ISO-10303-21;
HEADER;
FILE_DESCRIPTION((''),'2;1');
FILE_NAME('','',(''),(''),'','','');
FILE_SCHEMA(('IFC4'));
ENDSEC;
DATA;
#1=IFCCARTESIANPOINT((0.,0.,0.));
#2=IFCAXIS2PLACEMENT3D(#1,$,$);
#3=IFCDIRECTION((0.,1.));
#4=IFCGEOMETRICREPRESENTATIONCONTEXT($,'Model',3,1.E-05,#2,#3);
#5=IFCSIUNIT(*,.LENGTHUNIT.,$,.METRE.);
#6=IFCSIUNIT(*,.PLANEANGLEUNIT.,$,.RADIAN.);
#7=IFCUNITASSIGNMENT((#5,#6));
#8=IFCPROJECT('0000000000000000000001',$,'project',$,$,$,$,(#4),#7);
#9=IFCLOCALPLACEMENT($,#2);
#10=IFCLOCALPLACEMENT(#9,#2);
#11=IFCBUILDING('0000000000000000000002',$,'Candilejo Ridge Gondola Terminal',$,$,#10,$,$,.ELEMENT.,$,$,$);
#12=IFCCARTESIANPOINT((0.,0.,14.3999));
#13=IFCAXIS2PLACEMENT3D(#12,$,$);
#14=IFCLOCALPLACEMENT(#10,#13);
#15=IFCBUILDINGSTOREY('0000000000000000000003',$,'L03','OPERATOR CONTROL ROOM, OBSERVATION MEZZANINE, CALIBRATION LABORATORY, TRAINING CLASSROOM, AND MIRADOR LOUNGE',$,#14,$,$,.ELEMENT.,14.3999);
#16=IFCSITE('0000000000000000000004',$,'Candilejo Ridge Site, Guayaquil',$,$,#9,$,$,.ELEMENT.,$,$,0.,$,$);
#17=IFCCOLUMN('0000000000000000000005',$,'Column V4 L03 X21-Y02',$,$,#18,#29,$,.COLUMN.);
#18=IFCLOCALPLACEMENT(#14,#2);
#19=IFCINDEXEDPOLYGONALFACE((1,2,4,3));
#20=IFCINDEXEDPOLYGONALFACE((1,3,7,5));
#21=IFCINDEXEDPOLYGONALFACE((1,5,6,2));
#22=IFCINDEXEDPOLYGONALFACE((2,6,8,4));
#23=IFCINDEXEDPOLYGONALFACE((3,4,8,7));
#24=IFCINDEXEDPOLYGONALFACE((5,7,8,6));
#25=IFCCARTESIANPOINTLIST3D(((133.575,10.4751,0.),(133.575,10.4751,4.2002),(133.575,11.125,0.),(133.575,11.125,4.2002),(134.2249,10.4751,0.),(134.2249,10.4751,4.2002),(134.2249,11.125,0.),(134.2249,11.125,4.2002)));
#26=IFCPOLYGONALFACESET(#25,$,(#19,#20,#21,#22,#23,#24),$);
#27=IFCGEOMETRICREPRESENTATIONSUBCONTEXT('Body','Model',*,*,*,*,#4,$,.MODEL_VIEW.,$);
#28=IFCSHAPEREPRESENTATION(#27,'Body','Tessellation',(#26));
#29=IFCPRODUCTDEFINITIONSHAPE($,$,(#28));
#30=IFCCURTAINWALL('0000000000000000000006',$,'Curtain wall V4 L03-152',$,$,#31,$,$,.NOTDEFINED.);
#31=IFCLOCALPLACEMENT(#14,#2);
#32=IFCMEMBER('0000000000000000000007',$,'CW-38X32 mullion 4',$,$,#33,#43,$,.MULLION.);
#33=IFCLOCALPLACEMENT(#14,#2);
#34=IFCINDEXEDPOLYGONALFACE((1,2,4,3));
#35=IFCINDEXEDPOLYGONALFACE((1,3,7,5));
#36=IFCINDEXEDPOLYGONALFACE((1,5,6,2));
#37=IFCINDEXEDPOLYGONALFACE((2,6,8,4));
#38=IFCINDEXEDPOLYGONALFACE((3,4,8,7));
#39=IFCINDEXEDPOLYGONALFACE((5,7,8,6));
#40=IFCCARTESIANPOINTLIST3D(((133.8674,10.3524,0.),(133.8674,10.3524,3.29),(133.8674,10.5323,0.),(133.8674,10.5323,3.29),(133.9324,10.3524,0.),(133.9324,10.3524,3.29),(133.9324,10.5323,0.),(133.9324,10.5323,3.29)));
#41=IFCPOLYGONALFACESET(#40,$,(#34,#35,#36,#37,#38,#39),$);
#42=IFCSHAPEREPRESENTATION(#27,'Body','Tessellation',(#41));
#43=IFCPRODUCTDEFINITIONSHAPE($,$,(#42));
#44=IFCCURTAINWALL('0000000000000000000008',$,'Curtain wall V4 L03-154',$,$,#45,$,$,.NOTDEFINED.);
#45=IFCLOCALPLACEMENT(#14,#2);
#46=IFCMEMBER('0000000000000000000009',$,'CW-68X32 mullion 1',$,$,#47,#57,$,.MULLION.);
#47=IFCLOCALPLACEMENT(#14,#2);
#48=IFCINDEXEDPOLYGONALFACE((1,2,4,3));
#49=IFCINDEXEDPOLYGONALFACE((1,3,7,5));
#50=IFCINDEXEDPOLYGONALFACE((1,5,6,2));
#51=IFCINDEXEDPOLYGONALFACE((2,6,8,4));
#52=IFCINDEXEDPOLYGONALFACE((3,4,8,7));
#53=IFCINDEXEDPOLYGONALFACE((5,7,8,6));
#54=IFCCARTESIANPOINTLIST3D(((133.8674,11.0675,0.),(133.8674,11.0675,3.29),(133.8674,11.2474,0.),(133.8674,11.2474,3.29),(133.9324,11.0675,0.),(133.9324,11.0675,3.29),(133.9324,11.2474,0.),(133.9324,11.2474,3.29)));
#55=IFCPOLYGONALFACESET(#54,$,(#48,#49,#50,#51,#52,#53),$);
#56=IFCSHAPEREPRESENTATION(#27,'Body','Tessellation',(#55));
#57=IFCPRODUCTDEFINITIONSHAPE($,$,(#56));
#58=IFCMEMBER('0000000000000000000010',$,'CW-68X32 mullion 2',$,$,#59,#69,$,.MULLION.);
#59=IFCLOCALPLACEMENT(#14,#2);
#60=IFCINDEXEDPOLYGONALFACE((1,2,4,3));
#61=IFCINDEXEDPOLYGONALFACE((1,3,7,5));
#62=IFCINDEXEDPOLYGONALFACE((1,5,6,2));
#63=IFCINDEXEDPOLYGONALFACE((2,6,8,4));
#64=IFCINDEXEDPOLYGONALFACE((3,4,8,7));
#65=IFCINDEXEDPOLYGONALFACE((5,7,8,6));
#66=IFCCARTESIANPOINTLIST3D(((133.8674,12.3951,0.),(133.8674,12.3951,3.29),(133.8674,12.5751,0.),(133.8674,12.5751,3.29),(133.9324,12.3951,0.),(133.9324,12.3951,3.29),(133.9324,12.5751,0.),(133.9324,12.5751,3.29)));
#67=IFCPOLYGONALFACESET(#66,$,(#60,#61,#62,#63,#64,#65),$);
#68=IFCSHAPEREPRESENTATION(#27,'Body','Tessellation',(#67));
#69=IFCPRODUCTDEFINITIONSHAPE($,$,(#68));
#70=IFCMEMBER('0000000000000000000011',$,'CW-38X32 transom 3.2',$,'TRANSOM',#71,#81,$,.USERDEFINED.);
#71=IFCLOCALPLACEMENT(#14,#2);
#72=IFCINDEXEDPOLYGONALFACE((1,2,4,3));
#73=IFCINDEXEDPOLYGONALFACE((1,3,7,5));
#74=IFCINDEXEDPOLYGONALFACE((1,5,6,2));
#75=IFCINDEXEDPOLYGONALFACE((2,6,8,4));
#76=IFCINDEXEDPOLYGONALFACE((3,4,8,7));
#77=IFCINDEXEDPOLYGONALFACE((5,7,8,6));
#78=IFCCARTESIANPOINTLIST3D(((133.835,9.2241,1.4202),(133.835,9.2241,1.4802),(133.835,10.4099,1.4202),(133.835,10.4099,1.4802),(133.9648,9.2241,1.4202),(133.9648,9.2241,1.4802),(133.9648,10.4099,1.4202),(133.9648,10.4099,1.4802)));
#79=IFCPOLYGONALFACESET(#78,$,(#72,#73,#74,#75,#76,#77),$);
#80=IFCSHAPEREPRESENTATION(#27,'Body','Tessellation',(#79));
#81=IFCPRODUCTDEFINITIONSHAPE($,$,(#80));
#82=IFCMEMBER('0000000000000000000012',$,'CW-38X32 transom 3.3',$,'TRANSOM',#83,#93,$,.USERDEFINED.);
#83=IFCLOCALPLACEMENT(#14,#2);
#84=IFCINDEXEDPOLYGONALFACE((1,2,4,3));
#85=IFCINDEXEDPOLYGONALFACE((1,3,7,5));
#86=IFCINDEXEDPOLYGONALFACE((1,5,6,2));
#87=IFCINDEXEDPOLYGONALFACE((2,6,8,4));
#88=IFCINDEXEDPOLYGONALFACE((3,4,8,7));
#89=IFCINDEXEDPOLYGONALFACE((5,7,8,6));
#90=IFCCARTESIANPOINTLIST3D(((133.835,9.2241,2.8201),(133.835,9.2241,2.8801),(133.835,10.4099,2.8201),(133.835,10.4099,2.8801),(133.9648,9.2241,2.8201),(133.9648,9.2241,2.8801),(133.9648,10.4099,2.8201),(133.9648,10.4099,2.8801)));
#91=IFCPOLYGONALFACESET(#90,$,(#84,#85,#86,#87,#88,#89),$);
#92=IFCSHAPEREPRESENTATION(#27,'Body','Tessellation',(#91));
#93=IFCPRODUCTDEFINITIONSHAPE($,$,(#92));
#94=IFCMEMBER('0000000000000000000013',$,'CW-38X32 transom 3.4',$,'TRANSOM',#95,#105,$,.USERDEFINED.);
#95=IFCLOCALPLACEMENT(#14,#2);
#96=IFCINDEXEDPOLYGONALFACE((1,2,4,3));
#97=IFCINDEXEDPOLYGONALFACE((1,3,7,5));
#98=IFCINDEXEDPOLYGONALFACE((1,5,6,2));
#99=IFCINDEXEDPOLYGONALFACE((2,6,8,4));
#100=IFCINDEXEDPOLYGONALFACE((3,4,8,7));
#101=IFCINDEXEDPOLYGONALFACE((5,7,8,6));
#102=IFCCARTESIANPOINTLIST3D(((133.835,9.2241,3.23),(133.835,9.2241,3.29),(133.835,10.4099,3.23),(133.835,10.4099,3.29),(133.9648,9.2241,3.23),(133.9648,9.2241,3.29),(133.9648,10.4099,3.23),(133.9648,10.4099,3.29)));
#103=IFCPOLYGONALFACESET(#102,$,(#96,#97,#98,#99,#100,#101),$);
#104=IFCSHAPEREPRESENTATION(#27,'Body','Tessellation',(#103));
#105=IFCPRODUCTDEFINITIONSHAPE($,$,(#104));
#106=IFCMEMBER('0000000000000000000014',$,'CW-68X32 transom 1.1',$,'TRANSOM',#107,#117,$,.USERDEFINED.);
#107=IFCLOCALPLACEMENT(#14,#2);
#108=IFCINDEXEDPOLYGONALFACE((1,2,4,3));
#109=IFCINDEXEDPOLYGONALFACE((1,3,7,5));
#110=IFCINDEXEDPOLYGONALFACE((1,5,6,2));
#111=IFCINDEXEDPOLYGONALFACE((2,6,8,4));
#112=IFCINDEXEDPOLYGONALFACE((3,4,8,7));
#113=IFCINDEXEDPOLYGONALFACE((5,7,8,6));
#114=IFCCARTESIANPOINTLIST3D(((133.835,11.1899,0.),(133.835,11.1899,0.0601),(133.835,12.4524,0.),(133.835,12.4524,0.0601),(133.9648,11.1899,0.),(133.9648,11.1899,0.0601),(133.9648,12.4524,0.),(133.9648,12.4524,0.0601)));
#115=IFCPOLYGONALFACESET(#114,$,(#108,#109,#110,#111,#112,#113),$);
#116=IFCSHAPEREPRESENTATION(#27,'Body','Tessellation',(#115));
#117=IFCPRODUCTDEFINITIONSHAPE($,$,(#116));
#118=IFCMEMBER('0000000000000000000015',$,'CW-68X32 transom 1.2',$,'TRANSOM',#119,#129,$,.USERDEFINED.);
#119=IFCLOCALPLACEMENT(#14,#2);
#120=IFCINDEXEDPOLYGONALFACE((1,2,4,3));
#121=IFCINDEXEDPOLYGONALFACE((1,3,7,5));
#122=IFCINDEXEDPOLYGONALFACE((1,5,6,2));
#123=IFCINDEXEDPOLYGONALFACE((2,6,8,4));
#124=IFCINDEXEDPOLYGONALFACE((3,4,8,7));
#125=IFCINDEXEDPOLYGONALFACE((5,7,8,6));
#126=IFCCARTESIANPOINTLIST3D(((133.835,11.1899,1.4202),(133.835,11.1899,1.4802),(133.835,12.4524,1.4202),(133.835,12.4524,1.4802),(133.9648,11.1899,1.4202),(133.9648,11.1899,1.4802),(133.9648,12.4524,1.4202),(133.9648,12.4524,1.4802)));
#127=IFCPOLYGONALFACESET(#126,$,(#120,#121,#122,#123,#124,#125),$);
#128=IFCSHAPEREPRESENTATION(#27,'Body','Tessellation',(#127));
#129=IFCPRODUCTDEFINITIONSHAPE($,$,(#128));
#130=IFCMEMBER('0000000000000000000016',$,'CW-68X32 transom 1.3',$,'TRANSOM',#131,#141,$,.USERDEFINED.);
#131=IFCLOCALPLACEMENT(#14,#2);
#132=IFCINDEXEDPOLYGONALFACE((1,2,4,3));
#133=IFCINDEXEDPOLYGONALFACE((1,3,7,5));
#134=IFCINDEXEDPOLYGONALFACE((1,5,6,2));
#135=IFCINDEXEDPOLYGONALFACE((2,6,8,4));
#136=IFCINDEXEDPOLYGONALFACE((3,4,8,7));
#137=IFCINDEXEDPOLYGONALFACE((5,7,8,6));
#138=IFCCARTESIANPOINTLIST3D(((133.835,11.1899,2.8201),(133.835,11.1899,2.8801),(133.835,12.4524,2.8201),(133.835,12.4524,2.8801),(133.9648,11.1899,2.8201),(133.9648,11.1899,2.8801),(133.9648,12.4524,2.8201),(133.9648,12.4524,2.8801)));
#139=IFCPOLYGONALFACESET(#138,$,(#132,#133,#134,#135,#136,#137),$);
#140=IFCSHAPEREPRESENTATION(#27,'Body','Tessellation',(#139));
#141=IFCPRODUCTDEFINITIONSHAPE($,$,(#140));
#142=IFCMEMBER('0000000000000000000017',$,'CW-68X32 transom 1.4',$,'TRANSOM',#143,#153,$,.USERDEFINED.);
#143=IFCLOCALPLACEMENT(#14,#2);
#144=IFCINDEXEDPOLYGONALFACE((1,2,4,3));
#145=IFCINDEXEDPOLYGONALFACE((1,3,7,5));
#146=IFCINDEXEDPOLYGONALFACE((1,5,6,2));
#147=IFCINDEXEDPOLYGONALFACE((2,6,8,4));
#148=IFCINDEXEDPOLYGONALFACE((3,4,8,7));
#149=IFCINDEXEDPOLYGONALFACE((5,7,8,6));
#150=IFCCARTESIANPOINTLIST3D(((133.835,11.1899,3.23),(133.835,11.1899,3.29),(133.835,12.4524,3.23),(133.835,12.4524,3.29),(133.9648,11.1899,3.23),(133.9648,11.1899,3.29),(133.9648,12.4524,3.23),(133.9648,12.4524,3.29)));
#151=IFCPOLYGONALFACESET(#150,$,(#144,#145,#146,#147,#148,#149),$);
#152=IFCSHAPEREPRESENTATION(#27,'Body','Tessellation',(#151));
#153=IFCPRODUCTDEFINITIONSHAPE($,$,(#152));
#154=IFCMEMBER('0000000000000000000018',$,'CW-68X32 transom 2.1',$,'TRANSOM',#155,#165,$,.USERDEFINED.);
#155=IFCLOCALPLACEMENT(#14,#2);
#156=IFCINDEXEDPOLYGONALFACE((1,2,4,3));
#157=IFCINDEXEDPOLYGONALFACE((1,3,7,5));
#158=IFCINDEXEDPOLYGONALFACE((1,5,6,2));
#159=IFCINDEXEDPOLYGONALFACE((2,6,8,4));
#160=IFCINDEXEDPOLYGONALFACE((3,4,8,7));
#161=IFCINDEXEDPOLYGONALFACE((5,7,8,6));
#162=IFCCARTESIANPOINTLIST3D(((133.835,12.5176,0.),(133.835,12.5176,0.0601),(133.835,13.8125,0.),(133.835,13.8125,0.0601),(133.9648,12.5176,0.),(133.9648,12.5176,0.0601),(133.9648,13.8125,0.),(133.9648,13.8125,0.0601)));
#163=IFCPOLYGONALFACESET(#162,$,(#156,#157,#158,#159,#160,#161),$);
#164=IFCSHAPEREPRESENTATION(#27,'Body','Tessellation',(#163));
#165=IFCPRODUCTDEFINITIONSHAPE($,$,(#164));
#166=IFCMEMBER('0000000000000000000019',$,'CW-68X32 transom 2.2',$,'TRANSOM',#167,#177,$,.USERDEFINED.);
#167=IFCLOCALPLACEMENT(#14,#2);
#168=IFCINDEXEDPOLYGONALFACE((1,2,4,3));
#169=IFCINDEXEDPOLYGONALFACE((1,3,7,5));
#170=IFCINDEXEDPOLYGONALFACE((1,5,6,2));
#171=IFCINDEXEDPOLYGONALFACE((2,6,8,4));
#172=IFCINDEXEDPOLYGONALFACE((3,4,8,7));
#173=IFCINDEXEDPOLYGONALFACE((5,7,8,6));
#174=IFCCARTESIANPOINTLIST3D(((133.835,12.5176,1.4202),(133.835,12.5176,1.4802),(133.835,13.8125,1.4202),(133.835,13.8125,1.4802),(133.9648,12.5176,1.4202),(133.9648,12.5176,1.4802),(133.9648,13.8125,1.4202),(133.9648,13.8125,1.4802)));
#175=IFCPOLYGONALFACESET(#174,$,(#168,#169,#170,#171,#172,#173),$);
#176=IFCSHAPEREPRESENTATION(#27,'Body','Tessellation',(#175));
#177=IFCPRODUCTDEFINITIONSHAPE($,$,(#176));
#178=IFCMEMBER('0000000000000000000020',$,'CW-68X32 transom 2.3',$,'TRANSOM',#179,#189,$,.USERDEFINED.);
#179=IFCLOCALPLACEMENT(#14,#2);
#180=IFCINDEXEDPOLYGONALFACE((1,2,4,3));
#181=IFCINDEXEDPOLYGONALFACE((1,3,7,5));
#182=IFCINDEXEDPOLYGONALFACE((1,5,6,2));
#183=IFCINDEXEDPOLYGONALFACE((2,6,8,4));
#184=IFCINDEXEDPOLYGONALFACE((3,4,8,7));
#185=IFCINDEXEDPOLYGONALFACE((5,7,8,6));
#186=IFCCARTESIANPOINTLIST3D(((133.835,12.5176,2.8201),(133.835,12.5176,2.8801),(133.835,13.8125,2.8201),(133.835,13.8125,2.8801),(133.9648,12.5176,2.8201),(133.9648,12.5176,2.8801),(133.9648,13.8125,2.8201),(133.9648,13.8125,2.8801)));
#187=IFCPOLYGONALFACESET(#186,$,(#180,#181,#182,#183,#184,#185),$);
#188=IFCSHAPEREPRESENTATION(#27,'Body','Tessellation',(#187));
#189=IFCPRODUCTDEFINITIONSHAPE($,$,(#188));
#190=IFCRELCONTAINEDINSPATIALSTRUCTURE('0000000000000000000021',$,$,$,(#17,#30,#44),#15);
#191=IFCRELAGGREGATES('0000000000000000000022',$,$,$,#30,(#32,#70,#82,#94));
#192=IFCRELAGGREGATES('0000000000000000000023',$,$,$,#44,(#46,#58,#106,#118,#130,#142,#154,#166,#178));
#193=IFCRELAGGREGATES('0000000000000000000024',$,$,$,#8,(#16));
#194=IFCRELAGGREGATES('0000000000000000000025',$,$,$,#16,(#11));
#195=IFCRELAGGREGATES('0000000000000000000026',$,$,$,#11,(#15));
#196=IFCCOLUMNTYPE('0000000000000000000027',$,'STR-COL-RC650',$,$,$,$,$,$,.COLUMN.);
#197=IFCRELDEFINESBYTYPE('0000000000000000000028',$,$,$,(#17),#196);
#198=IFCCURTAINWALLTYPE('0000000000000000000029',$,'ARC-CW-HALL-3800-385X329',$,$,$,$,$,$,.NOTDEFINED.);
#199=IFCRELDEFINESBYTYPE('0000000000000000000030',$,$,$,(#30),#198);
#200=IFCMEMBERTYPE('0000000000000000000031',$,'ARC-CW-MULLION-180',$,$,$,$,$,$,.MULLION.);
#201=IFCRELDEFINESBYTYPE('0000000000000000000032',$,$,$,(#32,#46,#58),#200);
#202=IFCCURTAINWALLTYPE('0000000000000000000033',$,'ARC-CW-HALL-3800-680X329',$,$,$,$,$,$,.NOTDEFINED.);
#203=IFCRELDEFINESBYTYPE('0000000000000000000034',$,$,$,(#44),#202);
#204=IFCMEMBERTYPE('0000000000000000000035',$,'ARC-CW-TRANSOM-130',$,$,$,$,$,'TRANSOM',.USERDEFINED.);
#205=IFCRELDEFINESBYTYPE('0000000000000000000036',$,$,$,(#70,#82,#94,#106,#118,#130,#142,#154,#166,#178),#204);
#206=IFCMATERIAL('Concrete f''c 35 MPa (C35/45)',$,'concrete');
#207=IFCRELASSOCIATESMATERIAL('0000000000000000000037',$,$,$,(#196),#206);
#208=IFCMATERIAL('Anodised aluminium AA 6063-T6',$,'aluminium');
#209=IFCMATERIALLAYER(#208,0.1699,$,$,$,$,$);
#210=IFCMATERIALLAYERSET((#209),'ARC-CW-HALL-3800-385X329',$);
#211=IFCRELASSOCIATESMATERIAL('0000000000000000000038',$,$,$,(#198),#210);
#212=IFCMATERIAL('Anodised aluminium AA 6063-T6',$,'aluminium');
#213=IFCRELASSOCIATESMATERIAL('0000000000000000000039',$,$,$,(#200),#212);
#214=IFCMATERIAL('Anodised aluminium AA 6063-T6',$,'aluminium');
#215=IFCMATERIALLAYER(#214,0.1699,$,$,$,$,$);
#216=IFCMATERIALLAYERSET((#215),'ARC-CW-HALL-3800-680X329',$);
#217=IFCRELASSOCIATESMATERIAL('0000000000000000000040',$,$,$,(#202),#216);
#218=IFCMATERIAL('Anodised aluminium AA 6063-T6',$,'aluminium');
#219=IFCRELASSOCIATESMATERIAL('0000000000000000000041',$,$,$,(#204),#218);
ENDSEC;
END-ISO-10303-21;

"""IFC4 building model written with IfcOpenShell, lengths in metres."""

from ifc_helpers import new_model, si_unit, direction, frame, origin, origin_2d, place, context, subcontext, project, spatial, rectangle, extrude, material, layer, layer_set, material_profile, profile_set, type_object, element, aggregate, save


model = new_model("IFC4")

# Units and contexts
model_context = context("Model", 3, precision=1e-05, world=origin(), true_north=direction((0.0, 1.0)))
body_context = subcontext(model_context, "Body", "Model", "MODEL_VIEW")
ifc_project = project(units=[si_unit("LENGTHUNIT", "METRE"), si_unit("PLANEANGLEUNIT", "RADIAN")], contexts=[model_context])

# Site, building, storey
site_placement = place(None, origin())
site = spatial("IfcSite", under=ifc_project, at=site_placement, Name="Candilejo Ridge Site, Guayaquil", CompositionType="ELEMENT", RefElevation=0.0)
building_placement = place(site_placement, origin())
building = spatial("IfcBuilding", under=site, at=building_placement, Name="Candilejo Ridge Gondola Terminal", CompositionType="ELEMENT")
storey_placement = place(building_placement, frame((0.0, 0.0, 14.3999)))
storey = spatial("IfcBuildingStorey", under=building, at=storey_placement, Name="L03", Description="OPERATOR CONTROL ROOM, OBSERVATION MEZZANINE, CALIBRATION LABORATORY, TRAINING CLASSROOM, AND MIRADOR LOUNGE", CompositionType="ELEMENT", Elevation=14.3999)

# Column
ifc_material_1 = material(Name="Concrete f'c 35 MPa (C35/45)", Category="concrete")
ifc_material_profile_1 = material_profile(ifc_material_1, rectangle(XDim=0.6499, YDim=0.6499, at=origin_2d()))
ifc_profile_set_1 = profile_set([ifc_material_profile_1], Name="Concrete f'c 35 MPa (C35/45)")
column_type = type_object("IfcColumnType", Name="STR-COL-RC650", PredefinedType="COLUMN", material=ifc_profile_set_1)
column_placement = place(storey_placement, frame((133.8999, 10.8, 0.0), z_axis=(0.0, 0.0, 1.0), x_axis=(1.0, 0.0, 0.0)))
element("IfcColumn", 1, at=column_placement, inside=storey, type_object=column_type, Name="Column V4 L03 X21-Y02", PredefinedType="COLUMN", context=body_context, shape_type="SweptSolid", body=[
    extrude(rectangle(XDim=0.6499, YDim=0.6499, at=origin_2d()), origin(), (0.0, 0.0, 1.0), 4.2002),
])

# Curtain wall, member
ifc_material_2 = material(Name="Anodised aluminium AA 6063-T6", Category="aluminium")
ifc_layer_1 = layer(ifc_material_2, 0.1699)
ifc_layer_set_1 = layer_set([ifc_layer_1], Name="ARC-CW-HALL-3800-385X329")
curtain_wall_type_1 = type_object("IfcCurtainWallType", Name="ARC-CW-HALL-3800-385X329", PredefinedType="NOTDEFINED", material=ifc_layer_set_1)
curtain_wall_1_placement = place(storey_placement, origin())
curtain_wall_1 = element("IfcCurtainWall", 2, at=curtain_wall_1_placement, inside=storey, type_object=curtain_wall_type_1, Name="Curtain wall V4 L03-152", PredefinedType="NOTDEFINED")
ifc_material_3 = material(Name="Anodised aluminium AA 6063-T6", Category="aluminium")
ifc_material_profile_2 = material_profile(ifc_material_3, rectangle(XDim=0.0649, YDim=0.1799, at=origin_2d()))
ifc_profile_set_2 = profile_set([ifc_material_profile_2], Name="Anodised aluminium AA 6063-T6")
member_type_1 = type_object("IfcMemberType", Name="ARC-CW-MULLION-180", PredefinedType="MULLION", material=ifc_profile_set_2)
member_1_placement = place(storey_placement, frame((133.8999, 10.4424, 0.0), z_axis=(0.0, 0.0, 1.0), x_axis=(-1.0, 0.0, 0.0)))
member_1 = element("IfcMember", 3, at=member_1_placement, type_object=member_type_1, Name="CW-38X32 mullion 4", PredefinedType="MULLION", context=body_context, shape_type="SweptSolid", body=[
    extrude(rectangle(XDim=0.0649, YDim=0.1799, at=origin_2d()), origin(), (0.0, 0.0, 1.0), 3.29),
])

# Curtain wall, members
ifc_material_4 = material(Name="Anodised aluminium AA 6063-T6", Category="aluminium")
ifc_layer_2 = layer(ifc_material_4, 0.1699)
ifc_layer_set_2 = layer_set([ifc_layer_2], Name="ARC-CW-HALL-3800-680X329")
curtain_wall_type_2 = type_object("IfcCurtainWallType", Name="ARC-CW-HALL-3800-680X329", PredefinedType="NOTDEFINED", material=ifc_layer_set_2)
curtain_wall_2_placement = place(storey_placement, origin())
curtain_wall_2 = element("IfcCurtainWall", 4, at=curtain_wall_2_placement, inside=storey, type_object=curtain_wall_type_2, Name="Curtain wall V4 L03-154", PredefinedType="NOTDEFINED")
member_2_placement = place(storey_placement, frame((133.8999, 11.1575, 0.0), z_axis=(0.0, 0.0, 1.0), x_axis=(-1.0, 0.0, 0.0)))
member_2 = element("IfcMember", 5, at=member_2_placement, type_object=member_type_1, Name="CW-68X32 mullion 1", PredefinedType="MULLION", context=body_context, shape_type="SweptSolid", body=[
    extrude(rectangle(XDim=0.0649, YDim=0.1799, at=origin_2d()), origin(), (0.0, 0.0, 1.0), 3.29),
])
member_3_placement = place(storey_placement, frame((133.8999, 12.4851, 0.0), z_axis=(0.0, 0.0, 1.0), x_axis=(-1.0, 0.0, 0.0)))
member_3 = element("IfcMember", 6, at=member_3_placement, type_object=member_type_1, Name="CW-68X32 mullion 2", PredefinedType="MULLION", context=body_context, shape_type="SweptSolid", body=[
    extrude(rectangle(XDim=0.0649, YDim=0.1799, at=origin_2d()), origin(), (0.0, 0.0, 1.0), 3.29),
])

# Members
ifc_material_5 = material(Name="Anodised aluminium AA 6063-T6", Category="aluminium")
ifc_material_profile_3 = material_profile(ifc_material_5, rectangle(XDim=0.1299, YDim=0.0601, at=origin_2d()))
ifc_profile_set_3 = profile_set([ifc_material_profile_3], Name="Anodised aluminium AA 6063-T6")
member_type_2 = type_object("IfcMemberType", Name="ARC-CW-TRANSOM-130", ElementType="TRANSOM", PredefinedType="USERDEFINED", material=ifc_profile_set_3)
member_4_placement = place(storey_placement, frame((133.8999, 9.2241, 1.4502), z_axis=(0.0, 1.0, 0.0), x_axis=(-1.0, 0.0, 0.0)))
member_4 = element("IfcMember", 7, at=member_4_placement, type_object=member_type_2, Name="CW-38X32 transom 3.2", ObjectType="TRANSOM", PredefinedType="USERDEFINED", context=body_context, shape_type="SweptSolid", body=[
    extrude(rectangle(XDim=0.1299, YDim=0.0601, at=origin_2d()), origin(), (0.0, 0.0, 1.0), 1.1858),
])
member_5_placement = place(storey_placement, frame((133.8999, 9.2241, 2.8501), z_axis=(0.0, 1.0, 0.0), x_axis=(-1.0, 0.0, 0.0)))
member_5 = element("IfcMember", 8, at=member_5_placement, type_object=member_type_2, Name="CW-38X32 transom 3.3", ObjectType="TRANSOM", PredefinedType="USERDEFINED", context=body_context, shape_type="SweptSolid", body=[
    extrude(rectangle(XDim=0.1299, YDim=0.0601, at=origin_2d()), origin(), (0.0, 0.0, 1.0), 1.1858),
])
member_6_placement = place(storey_placement, frame((133.8999, 9.2241, 3.26), z_axis=(0.0, 1.0, 0.0), x_axis=(-1.0, 0.0, 0.0)))
member_6 = element("IfcMember", 9, at=member_6_placement, type_object=member_type_2, Name="CW-38X32 transom 3.4", ObjectType="TRANSOM", PredefinedType="USERDEFINED", context=body_context, shape_type="SweptSolid", body=[
    extrude(rectangle(XDim=0.1299, YDim=0.0601, at=origin_2d()), origin(), (0.0, 0.0, 1.0), 1.1858),
])
member_7_placement = place(storey_placement, frame((133.8999, 11.1899, 0.03), z_axis=(0.0, 1.0, 0.0), x_axis=(-1.0, 0.0, 0.0)))
member_7 = element("IfcMember", 10, at=member_7_placement, type_object=member_type_2, Name="CW-68X32 transom 1.1", ObjectType="TRANSOM", PredefinedType="USERDEFINED", context=body_context, shape_type="SweptSolid", body=[
    extrude(rectangle(XDim=0.1299, YDim=0.0601, at=origin_2d()), origin(), (0.0, 0.0, 1.0), 1.2625),
])
member_8_placement = place(storey_placement, frame((133.8999, 11.1899, 1.4502), z_axis=(0.0, 1.0, 0.0), x_axis=(-1.0, 0.0, 0.0)))
member_8 = element("IfcMember", 11, at=member_8_placement, type_object=member_type_2, Name="CW-68X32 transom 1.2", ObjectType="TRANSOM", PredefinedType="USERDEFINED", context=body_context, shape_type="SweptSolid", body=[
    extrude(rectangle(XDim=0.1299, YDim=0.0601, at=origin_2d()), origin(), (0.0, 0.0, 1.0), 1.2625),
])
member_9_placement = place(storey_placement, frame((133.8999, 11.1899, 2.8501), z_axis=(0.0, 1.0, 0.0), x_axis=(-1.0, 0.0, 0.0)))
member_9 = element("IfcMember", 12, at=member_9_placement, type_object=member_type_2, Name="CW-68X32 transom 1.3", ObjectType="TRANSOM", PredefinedType="USERDEFINED", context=body_context, shape_type="SweptSolid", body=[
    extrude(rectangle(XDim=0.1299, YDim=0.0601, at=origin_2d()), origin(), (0.0, 0.0, 1.0), 1.2625),
])
member_10_placement = place(storey_placement, frame((133.8999, 11.1899, 3.26), z_axis=(0.0, 1.0, 0.0), x_axis=(-1.0, 0.0, 0.0)))
member_10 = element("IfcMember", 13, at=member_10_placement, type_object=member_type_2, Name="CW-68X32 transom 1.4", ObjectType="TRANSOM", PredefinedType="USERDEFINED", context=body_context, shape_type="SweptSolid", body=[
    extrude(rectangle(XDim=0.1299, YDim=0.0601, at=origin_2d()), origin(), (0.0, 0.0, 1.0), 1.2625),
])
member_11_placement = place(storey_placement, frame((133.8999, 12.5176, 0.03), z_axis=(0.0, 1.0, 0.0), x_axis=(-1.0, 0.0, 0.0)))
member_11 = element("IfcMember", 14, at=member_11_placement, type_object=member_type_2, Name="CW-68X32 transom 2.1", ObjectType="TRANSOM", PredefinedType="USERDEFINED", context=body_context, shape_type="SweptSolid", body=[
    extrude(rectangle(XDim=0.1299, YDim=0.0601, at=origin_2d()), origin(), (0.0, 0.0, 1.0), 1.2949),
])
member_12_placement = place(storey_placement, frame((133.8999, 12.5176, 1.4502), z_axis=(0.0, 1.0, 0.0), x_axis=(-1.0, 0.0, 0.0)))
member_12 = element("IfcMember", 15, at=member_12_placement, type_object=member_type_2, Name="CW-68X32 transom 2.2", ObjectType="TRANSOM", PredefinedType="USERDEFINED", context=body_context, shape_type="SweptSolid", body=[
    extrude(rectangle(XDim=0.1299, YDim=0.0601, at=origin_2d()), origin(), (0.0, 0.0, 1.0), 1.2949),
])
member_13_placement = place(storey_placement, frame((133.8999, 12.5176, 2.8501), z_axis=(0.0, 1.0, 0.0), x_axis=(-1.0, 0.0, 0.0)))
member_13 = element("IfcMember", 16, at=member_13_placement, type_object=member_type_2, Name="CW-68X32 transom 2.3", ObjectType="TRANSOM", PredefinedType="USERDEFINED", context=body_context, shape_type="SweptSolid", body=[
    extrude(rectangle(XDim=0.1299, YDim=0.0601, at=origin_2d()), origin(), (0.0, 0.0, 1.0), 1.2949),
])

aggregate(curtain_wall_1, [member_1, member_4, member_5, member_6])
aggregate(curtain_wall_2, [member_2, member_3, member_7, member_8, member_9, member_10, member_11, member_12, member_13])

save(model, "model.ifc")
